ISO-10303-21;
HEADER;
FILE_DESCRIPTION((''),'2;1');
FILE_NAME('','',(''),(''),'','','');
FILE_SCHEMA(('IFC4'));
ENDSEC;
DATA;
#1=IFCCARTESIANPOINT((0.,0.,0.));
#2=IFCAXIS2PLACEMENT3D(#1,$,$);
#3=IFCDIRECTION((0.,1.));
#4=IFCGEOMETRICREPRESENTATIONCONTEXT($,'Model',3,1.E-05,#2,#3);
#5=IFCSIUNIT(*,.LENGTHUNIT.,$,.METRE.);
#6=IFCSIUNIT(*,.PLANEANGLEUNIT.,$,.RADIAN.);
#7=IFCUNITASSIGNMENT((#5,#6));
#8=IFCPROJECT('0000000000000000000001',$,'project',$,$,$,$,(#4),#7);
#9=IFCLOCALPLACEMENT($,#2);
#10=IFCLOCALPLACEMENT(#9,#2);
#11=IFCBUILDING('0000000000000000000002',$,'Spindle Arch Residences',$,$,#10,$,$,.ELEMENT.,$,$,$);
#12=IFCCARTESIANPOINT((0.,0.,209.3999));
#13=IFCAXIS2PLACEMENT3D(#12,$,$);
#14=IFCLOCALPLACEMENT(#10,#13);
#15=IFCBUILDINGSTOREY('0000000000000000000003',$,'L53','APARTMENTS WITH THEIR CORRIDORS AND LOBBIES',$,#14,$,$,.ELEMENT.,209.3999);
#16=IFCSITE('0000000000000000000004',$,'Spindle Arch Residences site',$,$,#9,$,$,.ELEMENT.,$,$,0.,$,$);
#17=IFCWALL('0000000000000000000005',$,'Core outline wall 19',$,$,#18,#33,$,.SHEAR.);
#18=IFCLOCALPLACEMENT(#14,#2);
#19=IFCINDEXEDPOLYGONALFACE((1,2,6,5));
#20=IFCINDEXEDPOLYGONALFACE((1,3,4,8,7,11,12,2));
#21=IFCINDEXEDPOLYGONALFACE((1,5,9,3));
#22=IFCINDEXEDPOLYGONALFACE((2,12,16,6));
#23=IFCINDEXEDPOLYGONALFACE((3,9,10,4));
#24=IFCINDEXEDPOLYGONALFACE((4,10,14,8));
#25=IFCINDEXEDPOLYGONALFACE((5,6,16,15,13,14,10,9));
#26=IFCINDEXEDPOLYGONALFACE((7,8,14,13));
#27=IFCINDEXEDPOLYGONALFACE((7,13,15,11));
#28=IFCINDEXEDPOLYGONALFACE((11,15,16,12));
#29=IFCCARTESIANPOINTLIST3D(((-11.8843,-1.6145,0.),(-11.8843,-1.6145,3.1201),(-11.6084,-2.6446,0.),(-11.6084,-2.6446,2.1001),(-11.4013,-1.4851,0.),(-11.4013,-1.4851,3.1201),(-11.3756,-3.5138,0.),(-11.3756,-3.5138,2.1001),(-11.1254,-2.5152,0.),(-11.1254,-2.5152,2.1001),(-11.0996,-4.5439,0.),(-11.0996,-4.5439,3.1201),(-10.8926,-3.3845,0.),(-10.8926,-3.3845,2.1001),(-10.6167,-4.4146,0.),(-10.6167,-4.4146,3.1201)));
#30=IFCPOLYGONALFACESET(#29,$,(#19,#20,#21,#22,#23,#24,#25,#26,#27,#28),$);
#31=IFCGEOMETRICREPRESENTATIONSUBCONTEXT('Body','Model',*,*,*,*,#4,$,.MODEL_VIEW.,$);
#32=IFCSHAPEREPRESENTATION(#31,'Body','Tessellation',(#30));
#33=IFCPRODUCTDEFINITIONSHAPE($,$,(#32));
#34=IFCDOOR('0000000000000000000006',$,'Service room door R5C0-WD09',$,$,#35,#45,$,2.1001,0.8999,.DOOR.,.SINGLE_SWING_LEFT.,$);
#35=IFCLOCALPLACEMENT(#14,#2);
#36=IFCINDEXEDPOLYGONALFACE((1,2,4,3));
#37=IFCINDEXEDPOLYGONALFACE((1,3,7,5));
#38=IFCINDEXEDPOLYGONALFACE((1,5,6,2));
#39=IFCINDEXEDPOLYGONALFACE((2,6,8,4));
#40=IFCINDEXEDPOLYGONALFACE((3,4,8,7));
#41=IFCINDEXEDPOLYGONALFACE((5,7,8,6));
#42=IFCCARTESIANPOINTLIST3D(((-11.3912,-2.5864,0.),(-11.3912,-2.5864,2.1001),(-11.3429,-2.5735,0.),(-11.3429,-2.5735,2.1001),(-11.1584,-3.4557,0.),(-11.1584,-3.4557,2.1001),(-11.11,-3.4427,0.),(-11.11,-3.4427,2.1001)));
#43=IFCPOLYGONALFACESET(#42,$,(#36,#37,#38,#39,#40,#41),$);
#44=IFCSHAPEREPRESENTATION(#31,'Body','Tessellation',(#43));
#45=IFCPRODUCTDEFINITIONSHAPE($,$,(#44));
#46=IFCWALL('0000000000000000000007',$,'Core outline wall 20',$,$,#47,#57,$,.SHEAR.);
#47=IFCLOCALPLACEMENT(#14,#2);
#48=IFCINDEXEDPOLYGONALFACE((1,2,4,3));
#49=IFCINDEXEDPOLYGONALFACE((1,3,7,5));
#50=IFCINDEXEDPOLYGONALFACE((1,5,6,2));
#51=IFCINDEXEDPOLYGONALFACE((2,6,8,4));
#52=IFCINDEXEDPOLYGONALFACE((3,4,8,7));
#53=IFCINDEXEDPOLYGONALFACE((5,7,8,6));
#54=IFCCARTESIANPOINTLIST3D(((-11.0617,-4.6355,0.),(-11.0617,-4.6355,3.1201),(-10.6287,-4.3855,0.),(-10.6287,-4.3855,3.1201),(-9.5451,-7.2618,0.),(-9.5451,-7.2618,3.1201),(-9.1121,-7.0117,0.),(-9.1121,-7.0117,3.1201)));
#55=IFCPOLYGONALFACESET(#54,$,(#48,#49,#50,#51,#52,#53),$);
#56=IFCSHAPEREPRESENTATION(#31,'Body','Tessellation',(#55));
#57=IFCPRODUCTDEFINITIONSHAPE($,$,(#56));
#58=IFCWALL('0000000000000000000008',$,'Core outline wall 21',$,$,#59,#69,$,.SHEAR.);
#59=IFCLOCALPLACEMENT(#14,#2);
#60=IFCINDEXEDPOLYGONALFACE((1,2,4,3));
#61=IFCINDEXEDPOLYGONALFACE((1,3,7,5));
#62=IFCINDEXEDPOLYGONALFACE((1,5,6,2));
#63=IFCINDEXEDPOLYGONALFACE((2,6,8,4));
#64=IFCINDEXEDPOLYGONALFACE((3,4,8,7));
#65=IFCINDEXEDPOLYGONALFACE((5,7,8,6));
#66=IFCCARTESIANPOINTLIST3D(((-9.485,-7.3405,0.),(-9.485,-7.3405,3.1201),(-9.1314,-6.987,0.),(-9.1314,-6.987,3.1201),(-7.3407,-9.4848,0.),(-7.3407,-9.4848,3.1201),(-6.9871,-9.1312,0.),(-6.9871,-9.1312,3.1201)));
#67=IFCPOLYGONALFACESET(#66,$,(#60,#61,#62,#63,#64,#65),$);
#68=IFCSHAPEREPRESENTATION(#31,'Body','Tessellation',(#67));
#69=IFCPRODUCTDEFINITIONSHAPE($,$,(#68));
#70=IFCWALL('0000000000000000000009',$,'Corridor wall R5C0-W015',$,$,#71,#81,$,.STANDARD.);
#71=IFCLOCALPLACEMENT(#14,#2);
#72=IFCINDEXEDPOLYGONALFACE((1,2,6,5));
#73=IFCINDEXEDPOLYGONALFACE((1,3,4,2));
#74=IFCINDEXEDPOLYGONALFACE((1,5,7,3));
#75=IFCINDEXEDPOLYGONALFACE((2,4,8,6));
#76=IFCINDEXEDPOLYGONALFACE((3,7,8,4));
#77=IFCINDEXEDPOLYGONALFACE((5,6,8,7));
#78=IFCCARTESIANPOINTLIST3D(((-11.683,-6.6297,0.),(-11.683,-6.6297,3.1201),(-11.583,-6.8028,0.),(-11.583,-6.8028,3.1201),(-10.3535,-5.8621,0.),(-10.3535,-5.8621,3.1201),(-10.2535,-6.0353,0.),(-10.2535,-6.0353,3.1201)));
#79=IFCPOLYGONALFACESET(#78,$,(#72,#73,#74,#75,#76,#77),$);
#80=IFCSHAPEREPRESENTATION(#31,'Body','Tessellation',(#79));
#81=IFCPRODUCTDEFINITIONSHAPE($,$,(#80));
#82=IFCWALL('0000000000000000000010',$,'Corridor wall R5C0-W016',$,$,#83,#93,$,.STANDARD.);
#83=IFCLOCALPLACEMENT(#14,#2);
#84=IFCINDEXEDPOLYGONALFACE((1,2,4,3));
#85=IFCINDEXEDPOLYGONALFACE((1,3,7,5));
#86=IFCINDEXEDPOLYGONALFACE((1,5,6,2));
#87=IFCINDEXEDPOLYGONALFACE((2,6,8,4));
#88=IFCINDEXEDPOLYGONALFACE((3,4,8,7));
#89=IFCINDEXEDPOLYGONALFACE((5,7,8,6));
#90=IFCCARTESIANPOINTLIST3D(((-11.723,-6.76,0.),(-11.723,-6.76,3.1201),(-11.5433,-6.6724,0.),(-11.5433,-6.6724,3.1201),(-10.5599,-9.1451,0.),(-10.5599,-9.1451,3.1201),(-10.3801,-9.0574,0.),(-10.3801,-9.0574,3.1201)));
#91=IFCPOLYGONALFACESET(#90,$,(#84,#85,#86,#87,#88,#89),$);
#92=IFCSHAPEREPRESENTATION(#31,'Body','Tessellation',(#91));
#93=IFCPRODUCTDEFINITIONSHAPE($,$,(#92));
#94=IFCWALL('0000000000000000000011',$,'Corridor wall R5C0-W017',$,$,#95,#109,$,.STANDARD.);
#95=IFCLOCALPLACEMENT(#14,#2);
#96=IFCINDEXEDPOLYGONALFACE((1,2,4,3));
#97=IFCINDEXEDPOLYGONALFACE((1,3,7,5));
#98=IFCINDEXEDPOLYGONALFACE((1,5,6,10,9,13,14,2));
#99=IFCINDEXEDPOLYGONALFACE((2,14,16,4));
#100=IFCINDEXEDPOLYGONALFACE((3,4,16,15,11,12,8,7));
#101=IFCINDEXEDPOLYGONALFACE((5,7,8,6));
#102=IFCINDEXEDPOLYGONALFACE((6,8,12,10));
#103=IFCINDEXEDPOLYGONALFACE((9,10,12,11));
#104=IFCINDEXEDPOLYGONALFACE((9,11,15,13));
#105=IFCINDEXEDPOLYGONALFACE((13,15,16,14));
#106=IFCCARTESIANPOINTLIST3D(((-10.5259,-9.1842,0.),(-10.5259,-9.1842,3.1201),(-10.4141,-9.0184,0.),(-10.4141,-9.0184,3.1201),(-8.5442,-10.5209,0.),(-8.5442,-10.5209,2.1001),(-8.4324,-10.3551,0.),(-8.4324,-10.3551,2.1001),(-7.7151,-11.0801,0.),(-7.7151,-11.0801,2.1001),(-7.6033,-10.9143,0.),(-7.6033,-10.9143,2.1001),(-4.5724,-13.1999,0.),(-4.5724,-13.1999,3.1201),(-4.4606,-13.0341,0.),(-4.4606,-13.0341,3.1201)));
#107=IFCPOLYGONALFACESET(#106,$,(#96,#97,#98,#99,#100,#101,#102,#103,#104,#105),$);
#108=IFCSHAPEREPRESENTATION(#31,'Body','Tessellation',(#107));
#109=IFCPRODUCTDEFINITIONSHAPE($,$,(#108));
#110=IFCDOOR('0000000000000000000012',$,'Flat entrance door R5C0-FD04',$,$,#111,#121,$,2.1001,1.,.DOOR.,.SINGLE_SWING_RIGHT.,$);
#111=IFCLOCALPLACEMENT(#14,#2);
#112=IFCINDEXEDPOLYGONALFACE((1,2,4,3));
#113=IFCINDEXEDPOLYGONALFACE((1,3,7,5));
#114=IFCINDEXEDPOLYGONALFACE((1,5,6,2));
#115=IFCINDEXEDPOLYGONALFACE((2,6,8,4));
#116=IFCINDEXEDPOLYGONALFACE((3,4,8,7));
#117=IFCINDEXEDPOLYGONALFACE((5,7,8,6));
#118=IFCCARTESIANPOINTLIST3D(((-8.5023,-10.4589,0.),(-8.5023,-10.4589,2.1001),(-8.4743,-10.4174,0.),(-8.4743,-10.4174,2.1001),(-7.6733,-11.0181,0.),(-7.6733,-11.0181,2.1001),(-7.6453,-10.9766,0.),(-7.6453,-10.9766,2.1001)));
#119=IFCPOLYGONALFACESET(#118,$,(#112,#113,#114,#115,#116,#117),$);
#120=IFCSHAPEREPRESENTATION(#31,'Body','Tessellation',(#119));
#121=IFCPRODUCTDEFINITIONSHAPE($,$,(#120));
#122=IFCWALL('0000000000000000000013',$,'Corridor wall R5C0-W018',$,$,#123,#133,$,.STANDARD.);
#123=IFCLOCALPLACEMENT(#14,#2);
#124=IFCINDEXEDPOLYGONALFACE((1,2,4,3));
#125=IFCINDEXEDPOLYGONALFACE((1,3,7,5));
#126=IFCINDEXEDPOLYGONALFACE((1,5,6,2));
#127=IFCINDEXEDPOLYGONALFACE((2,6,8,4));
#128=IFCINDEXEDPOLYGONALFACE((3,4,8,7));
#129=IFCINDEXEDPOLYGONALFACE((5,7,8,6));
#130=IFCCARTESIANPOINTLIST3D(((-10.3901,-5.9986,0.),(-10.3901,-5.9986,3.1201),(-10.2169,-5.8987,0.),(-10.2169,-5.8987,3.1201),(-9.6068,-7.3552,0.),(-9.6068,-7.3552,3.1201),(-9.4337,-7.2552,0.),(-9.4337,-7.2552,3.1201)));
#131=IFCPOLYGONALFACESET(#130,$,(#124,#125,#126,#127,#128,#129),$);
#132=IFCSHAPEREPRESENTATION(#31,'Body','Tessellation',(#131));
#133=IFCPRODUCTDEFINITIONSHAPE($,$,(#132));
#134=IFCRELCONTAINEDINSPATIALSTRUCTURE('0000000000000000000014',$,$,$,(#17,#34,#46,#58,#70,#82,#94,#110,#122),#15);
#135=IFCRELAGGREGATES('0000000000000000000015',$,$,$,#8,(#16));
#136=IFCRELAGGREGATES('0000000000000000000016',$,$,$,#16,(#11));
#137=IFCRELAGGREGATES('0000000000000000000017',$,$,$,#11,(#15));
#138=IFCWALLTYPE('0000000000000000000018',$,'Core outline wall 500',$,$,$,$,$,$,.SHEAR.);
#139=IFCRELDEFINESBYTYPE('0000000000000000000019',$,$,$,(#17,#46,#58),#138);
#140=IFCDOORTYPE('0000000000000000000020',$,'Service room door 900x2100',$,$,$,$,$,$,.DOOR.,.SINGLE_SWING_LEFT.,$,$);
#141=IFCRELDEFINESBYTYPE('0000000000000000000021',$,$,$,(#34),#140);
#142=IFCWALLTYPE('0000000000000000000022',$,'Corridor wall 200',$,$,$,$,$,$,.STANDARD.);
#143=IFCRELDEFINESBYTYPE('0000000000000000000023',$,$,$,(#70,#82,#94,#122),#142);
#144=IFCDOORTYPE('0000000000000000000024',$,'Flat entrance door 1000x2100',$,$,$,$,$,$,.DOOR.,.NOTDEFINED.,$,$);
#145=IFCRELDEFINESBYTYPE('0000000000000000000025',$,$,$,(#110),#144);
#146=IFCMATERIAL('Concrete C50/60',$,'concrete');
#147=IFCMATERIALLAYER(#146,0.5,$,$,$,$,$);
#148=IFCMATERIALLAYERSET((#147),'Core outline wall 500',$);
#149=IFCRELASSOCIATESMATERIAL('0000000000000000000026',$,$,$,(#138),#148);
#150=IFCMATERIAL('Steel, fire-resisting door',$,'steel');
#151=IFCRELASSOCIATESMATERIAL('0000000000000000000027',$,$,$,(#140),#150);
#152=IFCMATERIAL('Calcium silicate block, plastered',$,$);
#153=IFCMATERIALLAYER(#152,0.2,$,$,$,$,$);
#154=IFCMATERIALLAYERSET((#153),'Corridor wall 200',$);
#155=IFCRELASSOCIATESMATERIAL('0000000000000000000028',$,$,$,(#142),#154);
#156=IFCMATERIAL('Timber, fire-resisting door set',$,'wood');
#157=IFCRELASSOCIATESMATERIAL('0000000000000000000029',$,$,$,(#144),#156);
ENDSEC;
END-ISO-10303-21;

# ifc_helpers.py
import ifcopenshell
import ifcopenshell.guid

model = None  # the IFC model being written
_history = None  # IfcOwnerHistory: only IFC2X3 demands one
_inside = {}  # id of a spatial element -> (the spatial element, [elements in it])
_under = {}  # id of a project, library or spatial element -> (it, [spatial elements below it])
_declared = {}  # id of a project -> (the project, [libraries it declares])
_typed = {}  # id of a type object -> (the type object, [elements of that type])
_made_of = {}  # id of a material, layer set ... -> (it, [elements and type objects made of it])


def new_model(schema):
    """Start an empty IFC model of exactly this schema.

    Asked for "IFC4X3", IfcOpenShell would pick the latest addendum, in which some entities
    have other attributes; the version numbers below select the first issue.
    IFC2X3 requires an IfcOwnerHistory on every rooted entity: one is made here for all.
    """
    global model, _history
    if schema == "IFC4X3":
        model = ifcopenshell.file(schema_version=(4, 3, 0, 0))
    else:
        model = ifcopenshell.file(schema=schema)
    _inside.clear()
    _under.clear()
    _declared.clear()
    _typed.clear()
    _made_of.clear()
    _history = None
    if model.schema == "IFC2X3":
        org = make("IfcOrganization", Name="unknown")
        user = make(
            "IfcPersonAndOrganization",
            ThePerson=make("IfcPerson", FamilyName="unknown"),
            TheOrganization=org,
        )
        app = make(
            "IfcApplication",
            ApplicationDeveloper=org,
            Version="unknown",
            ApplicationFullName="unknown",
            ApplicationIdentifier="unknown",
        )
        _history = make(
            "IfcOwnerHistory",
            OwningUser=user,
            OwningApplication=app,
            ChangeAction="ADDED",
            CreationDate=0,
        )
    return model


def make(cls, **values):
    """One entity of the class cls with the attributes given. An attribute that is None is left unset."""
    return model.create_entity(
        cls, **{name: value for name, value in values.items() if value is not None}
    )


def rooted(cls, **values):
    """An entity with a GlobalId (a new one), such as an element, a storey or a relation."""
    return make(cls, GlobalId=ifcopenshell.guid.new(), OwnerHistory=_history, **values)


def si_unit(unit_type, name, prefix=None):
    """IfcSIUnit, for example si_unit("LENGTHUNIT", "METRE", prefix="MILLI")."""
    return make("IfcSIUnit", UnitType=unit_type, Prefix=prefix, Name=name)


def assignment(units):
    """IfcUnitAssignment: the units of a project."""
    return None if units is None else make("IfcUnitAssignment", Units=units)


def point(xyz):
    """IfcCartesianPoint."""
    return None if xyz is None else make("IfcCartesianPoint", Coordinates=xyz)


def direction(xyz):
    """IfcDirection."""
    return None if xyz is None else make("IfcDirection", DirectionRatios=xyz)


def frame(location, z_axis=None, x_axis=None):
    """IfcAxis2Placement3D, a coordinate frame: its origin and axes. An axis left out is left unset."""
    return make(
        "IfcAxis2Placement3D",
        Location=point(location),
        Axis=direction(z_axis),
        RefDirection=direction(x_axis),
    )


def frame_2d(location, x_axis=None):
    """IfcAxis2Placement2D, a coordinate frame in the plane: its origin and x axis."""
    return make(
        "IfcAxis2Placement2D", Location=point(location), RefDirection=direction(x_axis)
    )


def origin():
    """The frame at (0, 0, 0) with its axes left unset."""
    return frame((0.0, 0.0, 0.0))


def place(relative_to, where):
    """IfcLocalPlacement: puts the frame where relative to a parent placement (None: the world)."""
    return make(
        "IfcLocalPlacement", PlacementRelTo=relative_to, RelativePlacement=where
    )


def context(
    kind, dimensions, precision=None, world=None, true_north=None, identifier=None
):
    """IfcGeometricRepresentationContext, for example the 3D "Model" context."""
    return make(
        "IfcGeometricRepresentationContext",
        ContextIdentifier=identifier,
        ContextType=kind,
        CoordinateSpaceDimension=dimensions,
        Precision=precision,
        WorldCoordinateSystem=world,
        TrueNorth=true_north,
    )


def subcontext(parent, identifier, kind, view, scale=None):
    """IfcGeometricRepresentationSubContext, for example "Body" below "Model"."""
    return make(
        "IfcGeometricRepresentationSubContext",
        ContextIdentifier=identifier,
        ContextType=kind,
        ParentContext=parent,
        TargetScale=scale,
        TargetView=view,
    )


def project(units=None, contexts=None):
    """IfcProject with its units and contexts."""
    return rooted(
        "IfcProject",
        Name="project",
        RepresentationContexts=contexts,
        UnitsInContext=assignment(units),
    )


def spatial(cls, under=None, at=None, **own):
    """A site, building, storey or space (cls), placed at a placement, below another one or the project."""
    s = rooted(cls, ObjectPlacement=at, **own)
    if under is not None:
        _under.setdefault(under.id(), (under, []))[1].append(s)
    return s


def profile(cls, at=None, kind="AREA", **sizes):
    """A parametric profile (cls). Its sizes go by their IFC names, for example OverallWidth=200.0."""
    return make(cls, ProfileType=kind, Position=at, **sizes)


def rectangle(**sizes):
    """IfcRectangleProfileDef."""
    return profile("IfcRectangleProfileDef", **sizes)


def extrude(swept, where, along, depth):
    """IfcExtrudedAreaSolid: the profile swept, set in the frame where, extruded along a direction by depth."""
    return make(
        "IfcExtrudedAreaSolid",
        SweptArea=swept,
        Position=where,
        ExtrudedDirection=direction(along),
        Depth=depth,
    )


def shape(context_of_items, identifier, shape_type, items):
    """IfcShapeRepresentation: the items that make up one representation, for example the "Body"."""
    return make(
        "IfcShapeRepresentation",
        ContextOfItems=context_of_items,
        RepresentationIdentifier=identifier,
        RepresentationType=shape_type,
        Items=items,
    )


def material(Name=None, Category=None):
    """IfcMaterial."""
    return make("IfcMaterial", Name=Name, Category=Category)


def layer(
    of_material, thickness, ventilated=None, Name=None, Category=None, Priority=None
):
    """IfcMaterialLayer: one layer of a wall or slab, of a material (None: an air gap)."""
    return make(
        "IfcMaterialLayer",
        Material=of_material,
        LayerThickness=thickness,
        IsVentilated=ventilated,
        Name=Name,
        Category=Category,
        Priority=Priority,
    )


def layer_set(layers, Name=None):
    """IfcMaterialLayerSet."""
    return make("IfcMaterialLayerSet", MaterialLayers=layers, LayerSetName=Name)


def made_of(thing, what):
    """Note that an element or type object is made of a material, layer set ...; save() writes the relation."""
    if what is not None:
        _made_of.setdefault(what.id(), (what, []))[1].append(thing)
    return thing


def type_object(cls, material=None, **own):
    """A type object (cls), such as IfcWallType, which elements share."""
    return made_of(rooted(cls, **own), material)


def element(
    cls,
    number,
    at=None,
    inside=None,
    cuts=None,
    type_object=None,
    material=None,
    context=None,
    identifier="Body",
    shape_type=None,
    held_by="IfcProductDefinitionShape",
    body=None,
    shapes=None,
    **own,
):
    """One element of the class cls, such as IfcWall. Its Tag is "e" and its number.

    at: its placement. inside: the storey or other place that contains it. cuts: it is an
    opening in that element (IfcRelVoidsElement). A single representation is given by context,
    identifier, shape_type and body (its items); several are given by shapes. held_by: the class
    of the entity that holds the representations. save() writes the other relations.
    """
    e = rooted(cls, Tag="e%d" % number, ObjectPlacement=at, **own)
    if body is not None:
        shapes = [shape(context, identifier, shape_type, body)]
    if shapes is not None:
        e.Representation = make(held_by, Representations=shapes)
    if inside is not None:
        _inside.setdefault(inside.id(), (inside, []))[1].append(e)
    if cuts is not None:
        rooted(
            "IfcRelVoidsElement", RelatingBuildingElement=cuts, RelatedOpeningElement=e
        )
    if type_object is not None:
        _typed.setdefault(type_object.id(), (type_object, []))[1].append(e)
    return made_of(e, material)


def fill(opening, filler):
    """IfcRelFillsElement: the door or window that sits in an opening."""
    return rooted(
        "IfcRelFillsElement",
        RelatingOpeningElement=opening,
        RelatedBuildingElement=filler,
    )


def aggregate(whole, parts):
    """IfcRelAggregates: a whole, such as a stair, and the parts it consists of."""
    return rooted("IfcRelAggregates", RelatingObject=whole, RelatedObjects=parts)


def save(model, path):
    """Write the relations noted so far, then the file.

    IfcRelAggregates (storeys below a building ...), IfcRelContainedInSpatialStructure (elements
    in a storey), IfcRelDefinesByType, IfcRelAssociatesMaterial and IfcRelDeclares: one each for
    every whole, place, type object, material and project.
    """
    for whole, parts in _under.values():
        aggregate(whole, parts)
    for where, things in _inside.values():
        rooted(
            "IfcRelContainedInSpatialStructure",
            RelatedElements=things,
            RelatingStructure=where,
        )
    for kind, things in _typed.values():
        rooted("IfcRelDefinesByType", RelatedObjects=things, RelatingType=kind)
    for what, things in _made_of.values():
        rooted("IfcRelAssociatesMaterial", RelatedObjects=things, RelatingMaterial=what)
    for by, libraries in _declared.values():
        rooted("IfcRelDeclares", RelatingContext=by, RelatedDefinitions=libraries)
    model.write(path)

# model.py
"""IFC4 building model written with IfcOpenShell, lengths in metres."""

from ifc_helpers import new_model, si_unit, direction, frame, frame_2d, origin, place, context, subcontext, project, spatial, rectangle, extrude, material, layer, layer_set, type_object, element, fill, save


model = new_model("IFC4")

# Units and contexts
model_context = context("Model", 3, precision=1e-05, world=origin(), true_north=direction((0.0, 1.0)))
body_context = subcontext(model_context, "Body", "Model", "MODEL_VIEW")
ifc_project = project(units=[si_unit("LENGTHUNIT", "METRE"), si_unit("PLANEANGLEUNIT", "RADIAN")], contexts=[model_context])

# Site, building, storey
site_placement = place(None, origin())
site = spatial("IfcSite", under=ifc_project, at=site_placement, Name="Spindle Arch Residences site", CompositionType="ELEMENT", RefElevation=0.0)
building_placement = place(site_placement, origin())
building = spatial("IfcBuilding", under=site, at=building_placement, Name="Spindle Arch Residences", CompositionType="ELEMENT")
storey_placement = place(building_placement, frame((0.0, 0.0, 209.3999)))
storey = spatial("IfcBuildingStorey", under=building, at=storey_placement, Name="L53", Description="APARTMENTS WITH THEIR CORRIDORS AND LOBBIES", CompositionType="ELEMENT", Elevation=209.3999)

# Wall, opening, door
ifc_material_1 = material(Name="Concrete C50/60", Category="concrete")
ifc_layer_1 = layer(ifc_material_1, 0.5)
ifc_layer_set_1 = layer_set([ifc_layer_1], Name="Core outline wall 500")
wall_type_1 = type_object("IfcWallType", Name="Core outline wall 500", PredefinedType="SHEAR", material=ifc_layer_set_1)
wall_1_placement = place(storey_placement, frame((-11.6428, -1.5498, 0.0), z_axis=(0.0, 0.0, 1.0), x_axis=(0.258735, -0.965948, 0.0)))
wall_1 = element("IfcWall", 1, at=wall_1_placement, inside=storey, type_object=wall_type_1, Name="Core outline wall 19", PredefinedType="SHEAR", context=body_context, shape_type="SweptSolid", body=[
    extrude(rectangle(XDim=3.0327, YDim=0.5, at=frame_2d((1.5164, 0.0))), origin(), (0.0, 0.0, 1.0), 3.1201),
])
opening_1_placement = place(wall_1_placement, frame((1.0664, 0.0, 0.0)))
opening_1 = element("IfcOpeningElement", 2, at=opening_1_placement, cuts=wall_1, PredefinedType="OPENING", context=body_context, shape_type="SweptSolid", body=[
    extrude(rectangle(XDim=0.8999, YDim=2.1001, at=frame_2d((0.45, 1.05))), frame((0.0, 0.26, 0.0), z_axis=(0.0, -1.0, 0.0), x_axis=(1.0, 0.0, 0.0)), (0.0, 0.0, 1.0), 0.52),
])
ifc_material_2 = material(Name="Steel, fire-resisting door", Category="steel")
door_type_1 = type_object("IfcDoorType", Name="Service room door 900x2100", OperationType="SINGLE_SWING_LEFT", PredefinedType="DOOR", material=ifc_material_2)
door_1_placement = place(opening_1_placement, origin())
door_1 = element("IfcDoor", 3, at=door_1_placement, inside=storey, type_object=door_type_1, Name="Service room door R5C0-WD09", OperationType="SINGLE_SWING_LEFT", OverallHeight=2.1001, OverallWidth=0.8999, PredefinedType="DOOR", context=body_context, shape_type="SweptSolid", body=[
    extrude(rectangle(XDim=0.8999, YDim=2.1001, at=frame_2d((0.45, 1.05))), frame((0.0, 0.0249, 0.0), z_axis=(0.0, -1.0, 0.0), x_axis=(1.0, 0.0, 0.0)), (0.0, 0.0, 1.0), 0.05),
])
fill(opening_1, door_1)

# Walls
wall_2_placement = place(storey_placement, frame((-10.8452, -4.5105, 0.0), z_axis=(0.0, 0.0, 1.0), x_axis=(0.500087, -0.865975, 0.0)))
element("IfcWall", 4, at=wall_2_placement, inside=storey, type_object=wall_type_1, Name="Core outline wall 20", PredefinedType="SHEAR", context=body_context, shape_type="SweptSolid", body=[
    extrude(rectangle(XDim=3.0327, YDim=0.5, at=frame_2d((1.5164, 0.0))), origin(), (0.0, 0.0, 1.0), 3.1201),
])
wall_3_placement = place(storey_placement, frame((-9.3081, -7.1638, 0.0), z_axis=(0.0, 0.0, 1.0), x_axis=(0.707107, -0.707107, 0.0)))
element("IfcWall", 5, at=wall_3_placement, inside=storey, type_object=wall_type_1, Name="Core outline wall 21", PredefinedType="SHEAR", context=body_context, shape_type="SweptSolid", body=[
    extrude(rectangle(XDim=3.0325, YDim=0.5, at=frame_2d((1.5161, 0.0))), origin(), (0.0, 0.0, 1.0), 3.1201),
])
ifc_material_3 = material(Name="Calcium silicate block, plastered")
ifc_layer_2 = layer(ifc_material_3, 0.2)
ifc_layer_set_2 = layer_set([ifc_layer_2], Name="Corridor wall 200")
wall_type_2 = type_object("IfcWallType", Name="Corridor wall 200", PredefinedType="STANDARD", material=ifc_layer_set_2)
wall_4_placement = place(storey_placement, frame((-10.3035, -5.9487, 0.0), z_axis=(0.0, 0.0, 1.0), x_axis=(-0.866043, -0.49997, 0.0)))
element("IfcWall", 6, at=wall_4_placement, inside=storey, type_object=wall_type_2, Name="Corridor wall R5C0-W015", PredefinedType="STANDARD", context=body_context, shape_type="SweptSolid", body=[
    extrude(rectangle(XDim=1.5352, YDim=0.2, at=frame_2d((0.7676, 0.0))), origin(), (0.0, 0.0, 1.0), 3.1201),
])
wall_5_placement = place(storey_placement, frame((-11.6331, -6.7163, 0.0), z_axis=(0.0, 0.0, 1.0), x_axis=(0.438322, -0.898818, 0.0)))
element("IfcWall", 7, at=wall_5_placement, inside=storey, type_object=wall_type_2, Name="Corridor wall R5C0-W016", PredefinedType="STANDARD", context=body_context, shape_type="SweptSolid", body=[
    extrude(rectangle(XDim=2.6536, YDim=0.2, at=frame_2d((1.3267, 0.0))), origin(), (0.0, 0.0, 1.0), 3.1201),
])

# Wall, opening, door
wall_6_placement = place(storey_placement, frame((-10.47, -9.1013, 0.0), z_axis=(0.0, 0.0, 1.0), x_axis=(0.829036, -0.559195, 0.0)))
wall_6 = element("IfcWall", 8, at=wall_6_placement, inside=storey, type_object=wall_type_2, Name="Corridor wall R5C0-W017", PredefinedType="STANDARD", context=body_context, shape_type="SweptSolid", body=[
    extrude(rectangle(XDim=7.1812, YDim=0.2, at=frame_2d((3.5906, 0.0))), origin(), (0.0, 0.0, 1.0), 3.1201),
])
opening_2_placement = place(wall_6_placement, frame((2.3904, 0.0, 0.0)))
opening_2 = element("IfcOpeningElement", 9, at=opening_2_placement, cuts=wall_6, PredefinedType="OPENING", context=body_context, shape_type="SweptSolid", body=[
    extrude(rectangle(XDim=1.0, YDim=2.1001, at=frame_2d((0.5, 1.05))), frame((0.0, 0.1099, 0.0), z_axis=(0.0, -1.0, 0.0), x_axis=(1.0, 0.0, 0.0)), (0.0, 0.0, 1.0), 0.22),
])
ifc_material_4 = material(Name="Timber, fire-resisting door set", Category="wood")
door_type_2 = type_object("IfcDoorType", Name="Flat entrance door 1000x2100", OperationType="NOTDEFINED", PredefinedType="DOOR", material=ifc_material_4)
door_2_placement = place(opening_2_placement, origin())
door_2 = element("IfcDoor", 10, at=door_2_placement, inside=storey, type_object=door_type_2, Name="Flat entrance door R5C0-FD04", OperationType="SINGLE_SWING_RIGHT", OverallHeight=2.1001, OverallWidth=1.0, PredefinedType="DOOR", context=body_context, shape_type="SweptSolid", body=[
    extrude(rectangle(XDim=1.0, YDim=2.1001, at=frame_2d((0.5, 1.05))), frame((0.0, 0.0249, 0.0), z_axis=(0.0, -1.0, 0.0), x_axis=(1.0, 0.0, 0.0)), (0.0, 0.0, 1.0), 0.05),
])
fill(opening_2, door_2)

# Wall
wall_7_placement = place(storey_placement, frame((-9.5203, -7.3052, 0.0), z_axis=(0.0, 0.0, 1.0), x_axis=(-0.500028, 0.866009, 0.0)))
element("IfcWall", 11, at=wall_7_placement, inside=storey, type_object=wall_type_2, Name="Corridor wall R5C0-W018", PredefinedType="STANDARD", context=body_context, shape_type="SweptSolid", body=[
    extrude(rectangle(XDim=1.5664, YDim=0.2, at=frame_2d((0.7832, 0.0))), origin(), (0.0, 0.0, 1.0), 3.1201),
])

save(model, "model.ifc")
